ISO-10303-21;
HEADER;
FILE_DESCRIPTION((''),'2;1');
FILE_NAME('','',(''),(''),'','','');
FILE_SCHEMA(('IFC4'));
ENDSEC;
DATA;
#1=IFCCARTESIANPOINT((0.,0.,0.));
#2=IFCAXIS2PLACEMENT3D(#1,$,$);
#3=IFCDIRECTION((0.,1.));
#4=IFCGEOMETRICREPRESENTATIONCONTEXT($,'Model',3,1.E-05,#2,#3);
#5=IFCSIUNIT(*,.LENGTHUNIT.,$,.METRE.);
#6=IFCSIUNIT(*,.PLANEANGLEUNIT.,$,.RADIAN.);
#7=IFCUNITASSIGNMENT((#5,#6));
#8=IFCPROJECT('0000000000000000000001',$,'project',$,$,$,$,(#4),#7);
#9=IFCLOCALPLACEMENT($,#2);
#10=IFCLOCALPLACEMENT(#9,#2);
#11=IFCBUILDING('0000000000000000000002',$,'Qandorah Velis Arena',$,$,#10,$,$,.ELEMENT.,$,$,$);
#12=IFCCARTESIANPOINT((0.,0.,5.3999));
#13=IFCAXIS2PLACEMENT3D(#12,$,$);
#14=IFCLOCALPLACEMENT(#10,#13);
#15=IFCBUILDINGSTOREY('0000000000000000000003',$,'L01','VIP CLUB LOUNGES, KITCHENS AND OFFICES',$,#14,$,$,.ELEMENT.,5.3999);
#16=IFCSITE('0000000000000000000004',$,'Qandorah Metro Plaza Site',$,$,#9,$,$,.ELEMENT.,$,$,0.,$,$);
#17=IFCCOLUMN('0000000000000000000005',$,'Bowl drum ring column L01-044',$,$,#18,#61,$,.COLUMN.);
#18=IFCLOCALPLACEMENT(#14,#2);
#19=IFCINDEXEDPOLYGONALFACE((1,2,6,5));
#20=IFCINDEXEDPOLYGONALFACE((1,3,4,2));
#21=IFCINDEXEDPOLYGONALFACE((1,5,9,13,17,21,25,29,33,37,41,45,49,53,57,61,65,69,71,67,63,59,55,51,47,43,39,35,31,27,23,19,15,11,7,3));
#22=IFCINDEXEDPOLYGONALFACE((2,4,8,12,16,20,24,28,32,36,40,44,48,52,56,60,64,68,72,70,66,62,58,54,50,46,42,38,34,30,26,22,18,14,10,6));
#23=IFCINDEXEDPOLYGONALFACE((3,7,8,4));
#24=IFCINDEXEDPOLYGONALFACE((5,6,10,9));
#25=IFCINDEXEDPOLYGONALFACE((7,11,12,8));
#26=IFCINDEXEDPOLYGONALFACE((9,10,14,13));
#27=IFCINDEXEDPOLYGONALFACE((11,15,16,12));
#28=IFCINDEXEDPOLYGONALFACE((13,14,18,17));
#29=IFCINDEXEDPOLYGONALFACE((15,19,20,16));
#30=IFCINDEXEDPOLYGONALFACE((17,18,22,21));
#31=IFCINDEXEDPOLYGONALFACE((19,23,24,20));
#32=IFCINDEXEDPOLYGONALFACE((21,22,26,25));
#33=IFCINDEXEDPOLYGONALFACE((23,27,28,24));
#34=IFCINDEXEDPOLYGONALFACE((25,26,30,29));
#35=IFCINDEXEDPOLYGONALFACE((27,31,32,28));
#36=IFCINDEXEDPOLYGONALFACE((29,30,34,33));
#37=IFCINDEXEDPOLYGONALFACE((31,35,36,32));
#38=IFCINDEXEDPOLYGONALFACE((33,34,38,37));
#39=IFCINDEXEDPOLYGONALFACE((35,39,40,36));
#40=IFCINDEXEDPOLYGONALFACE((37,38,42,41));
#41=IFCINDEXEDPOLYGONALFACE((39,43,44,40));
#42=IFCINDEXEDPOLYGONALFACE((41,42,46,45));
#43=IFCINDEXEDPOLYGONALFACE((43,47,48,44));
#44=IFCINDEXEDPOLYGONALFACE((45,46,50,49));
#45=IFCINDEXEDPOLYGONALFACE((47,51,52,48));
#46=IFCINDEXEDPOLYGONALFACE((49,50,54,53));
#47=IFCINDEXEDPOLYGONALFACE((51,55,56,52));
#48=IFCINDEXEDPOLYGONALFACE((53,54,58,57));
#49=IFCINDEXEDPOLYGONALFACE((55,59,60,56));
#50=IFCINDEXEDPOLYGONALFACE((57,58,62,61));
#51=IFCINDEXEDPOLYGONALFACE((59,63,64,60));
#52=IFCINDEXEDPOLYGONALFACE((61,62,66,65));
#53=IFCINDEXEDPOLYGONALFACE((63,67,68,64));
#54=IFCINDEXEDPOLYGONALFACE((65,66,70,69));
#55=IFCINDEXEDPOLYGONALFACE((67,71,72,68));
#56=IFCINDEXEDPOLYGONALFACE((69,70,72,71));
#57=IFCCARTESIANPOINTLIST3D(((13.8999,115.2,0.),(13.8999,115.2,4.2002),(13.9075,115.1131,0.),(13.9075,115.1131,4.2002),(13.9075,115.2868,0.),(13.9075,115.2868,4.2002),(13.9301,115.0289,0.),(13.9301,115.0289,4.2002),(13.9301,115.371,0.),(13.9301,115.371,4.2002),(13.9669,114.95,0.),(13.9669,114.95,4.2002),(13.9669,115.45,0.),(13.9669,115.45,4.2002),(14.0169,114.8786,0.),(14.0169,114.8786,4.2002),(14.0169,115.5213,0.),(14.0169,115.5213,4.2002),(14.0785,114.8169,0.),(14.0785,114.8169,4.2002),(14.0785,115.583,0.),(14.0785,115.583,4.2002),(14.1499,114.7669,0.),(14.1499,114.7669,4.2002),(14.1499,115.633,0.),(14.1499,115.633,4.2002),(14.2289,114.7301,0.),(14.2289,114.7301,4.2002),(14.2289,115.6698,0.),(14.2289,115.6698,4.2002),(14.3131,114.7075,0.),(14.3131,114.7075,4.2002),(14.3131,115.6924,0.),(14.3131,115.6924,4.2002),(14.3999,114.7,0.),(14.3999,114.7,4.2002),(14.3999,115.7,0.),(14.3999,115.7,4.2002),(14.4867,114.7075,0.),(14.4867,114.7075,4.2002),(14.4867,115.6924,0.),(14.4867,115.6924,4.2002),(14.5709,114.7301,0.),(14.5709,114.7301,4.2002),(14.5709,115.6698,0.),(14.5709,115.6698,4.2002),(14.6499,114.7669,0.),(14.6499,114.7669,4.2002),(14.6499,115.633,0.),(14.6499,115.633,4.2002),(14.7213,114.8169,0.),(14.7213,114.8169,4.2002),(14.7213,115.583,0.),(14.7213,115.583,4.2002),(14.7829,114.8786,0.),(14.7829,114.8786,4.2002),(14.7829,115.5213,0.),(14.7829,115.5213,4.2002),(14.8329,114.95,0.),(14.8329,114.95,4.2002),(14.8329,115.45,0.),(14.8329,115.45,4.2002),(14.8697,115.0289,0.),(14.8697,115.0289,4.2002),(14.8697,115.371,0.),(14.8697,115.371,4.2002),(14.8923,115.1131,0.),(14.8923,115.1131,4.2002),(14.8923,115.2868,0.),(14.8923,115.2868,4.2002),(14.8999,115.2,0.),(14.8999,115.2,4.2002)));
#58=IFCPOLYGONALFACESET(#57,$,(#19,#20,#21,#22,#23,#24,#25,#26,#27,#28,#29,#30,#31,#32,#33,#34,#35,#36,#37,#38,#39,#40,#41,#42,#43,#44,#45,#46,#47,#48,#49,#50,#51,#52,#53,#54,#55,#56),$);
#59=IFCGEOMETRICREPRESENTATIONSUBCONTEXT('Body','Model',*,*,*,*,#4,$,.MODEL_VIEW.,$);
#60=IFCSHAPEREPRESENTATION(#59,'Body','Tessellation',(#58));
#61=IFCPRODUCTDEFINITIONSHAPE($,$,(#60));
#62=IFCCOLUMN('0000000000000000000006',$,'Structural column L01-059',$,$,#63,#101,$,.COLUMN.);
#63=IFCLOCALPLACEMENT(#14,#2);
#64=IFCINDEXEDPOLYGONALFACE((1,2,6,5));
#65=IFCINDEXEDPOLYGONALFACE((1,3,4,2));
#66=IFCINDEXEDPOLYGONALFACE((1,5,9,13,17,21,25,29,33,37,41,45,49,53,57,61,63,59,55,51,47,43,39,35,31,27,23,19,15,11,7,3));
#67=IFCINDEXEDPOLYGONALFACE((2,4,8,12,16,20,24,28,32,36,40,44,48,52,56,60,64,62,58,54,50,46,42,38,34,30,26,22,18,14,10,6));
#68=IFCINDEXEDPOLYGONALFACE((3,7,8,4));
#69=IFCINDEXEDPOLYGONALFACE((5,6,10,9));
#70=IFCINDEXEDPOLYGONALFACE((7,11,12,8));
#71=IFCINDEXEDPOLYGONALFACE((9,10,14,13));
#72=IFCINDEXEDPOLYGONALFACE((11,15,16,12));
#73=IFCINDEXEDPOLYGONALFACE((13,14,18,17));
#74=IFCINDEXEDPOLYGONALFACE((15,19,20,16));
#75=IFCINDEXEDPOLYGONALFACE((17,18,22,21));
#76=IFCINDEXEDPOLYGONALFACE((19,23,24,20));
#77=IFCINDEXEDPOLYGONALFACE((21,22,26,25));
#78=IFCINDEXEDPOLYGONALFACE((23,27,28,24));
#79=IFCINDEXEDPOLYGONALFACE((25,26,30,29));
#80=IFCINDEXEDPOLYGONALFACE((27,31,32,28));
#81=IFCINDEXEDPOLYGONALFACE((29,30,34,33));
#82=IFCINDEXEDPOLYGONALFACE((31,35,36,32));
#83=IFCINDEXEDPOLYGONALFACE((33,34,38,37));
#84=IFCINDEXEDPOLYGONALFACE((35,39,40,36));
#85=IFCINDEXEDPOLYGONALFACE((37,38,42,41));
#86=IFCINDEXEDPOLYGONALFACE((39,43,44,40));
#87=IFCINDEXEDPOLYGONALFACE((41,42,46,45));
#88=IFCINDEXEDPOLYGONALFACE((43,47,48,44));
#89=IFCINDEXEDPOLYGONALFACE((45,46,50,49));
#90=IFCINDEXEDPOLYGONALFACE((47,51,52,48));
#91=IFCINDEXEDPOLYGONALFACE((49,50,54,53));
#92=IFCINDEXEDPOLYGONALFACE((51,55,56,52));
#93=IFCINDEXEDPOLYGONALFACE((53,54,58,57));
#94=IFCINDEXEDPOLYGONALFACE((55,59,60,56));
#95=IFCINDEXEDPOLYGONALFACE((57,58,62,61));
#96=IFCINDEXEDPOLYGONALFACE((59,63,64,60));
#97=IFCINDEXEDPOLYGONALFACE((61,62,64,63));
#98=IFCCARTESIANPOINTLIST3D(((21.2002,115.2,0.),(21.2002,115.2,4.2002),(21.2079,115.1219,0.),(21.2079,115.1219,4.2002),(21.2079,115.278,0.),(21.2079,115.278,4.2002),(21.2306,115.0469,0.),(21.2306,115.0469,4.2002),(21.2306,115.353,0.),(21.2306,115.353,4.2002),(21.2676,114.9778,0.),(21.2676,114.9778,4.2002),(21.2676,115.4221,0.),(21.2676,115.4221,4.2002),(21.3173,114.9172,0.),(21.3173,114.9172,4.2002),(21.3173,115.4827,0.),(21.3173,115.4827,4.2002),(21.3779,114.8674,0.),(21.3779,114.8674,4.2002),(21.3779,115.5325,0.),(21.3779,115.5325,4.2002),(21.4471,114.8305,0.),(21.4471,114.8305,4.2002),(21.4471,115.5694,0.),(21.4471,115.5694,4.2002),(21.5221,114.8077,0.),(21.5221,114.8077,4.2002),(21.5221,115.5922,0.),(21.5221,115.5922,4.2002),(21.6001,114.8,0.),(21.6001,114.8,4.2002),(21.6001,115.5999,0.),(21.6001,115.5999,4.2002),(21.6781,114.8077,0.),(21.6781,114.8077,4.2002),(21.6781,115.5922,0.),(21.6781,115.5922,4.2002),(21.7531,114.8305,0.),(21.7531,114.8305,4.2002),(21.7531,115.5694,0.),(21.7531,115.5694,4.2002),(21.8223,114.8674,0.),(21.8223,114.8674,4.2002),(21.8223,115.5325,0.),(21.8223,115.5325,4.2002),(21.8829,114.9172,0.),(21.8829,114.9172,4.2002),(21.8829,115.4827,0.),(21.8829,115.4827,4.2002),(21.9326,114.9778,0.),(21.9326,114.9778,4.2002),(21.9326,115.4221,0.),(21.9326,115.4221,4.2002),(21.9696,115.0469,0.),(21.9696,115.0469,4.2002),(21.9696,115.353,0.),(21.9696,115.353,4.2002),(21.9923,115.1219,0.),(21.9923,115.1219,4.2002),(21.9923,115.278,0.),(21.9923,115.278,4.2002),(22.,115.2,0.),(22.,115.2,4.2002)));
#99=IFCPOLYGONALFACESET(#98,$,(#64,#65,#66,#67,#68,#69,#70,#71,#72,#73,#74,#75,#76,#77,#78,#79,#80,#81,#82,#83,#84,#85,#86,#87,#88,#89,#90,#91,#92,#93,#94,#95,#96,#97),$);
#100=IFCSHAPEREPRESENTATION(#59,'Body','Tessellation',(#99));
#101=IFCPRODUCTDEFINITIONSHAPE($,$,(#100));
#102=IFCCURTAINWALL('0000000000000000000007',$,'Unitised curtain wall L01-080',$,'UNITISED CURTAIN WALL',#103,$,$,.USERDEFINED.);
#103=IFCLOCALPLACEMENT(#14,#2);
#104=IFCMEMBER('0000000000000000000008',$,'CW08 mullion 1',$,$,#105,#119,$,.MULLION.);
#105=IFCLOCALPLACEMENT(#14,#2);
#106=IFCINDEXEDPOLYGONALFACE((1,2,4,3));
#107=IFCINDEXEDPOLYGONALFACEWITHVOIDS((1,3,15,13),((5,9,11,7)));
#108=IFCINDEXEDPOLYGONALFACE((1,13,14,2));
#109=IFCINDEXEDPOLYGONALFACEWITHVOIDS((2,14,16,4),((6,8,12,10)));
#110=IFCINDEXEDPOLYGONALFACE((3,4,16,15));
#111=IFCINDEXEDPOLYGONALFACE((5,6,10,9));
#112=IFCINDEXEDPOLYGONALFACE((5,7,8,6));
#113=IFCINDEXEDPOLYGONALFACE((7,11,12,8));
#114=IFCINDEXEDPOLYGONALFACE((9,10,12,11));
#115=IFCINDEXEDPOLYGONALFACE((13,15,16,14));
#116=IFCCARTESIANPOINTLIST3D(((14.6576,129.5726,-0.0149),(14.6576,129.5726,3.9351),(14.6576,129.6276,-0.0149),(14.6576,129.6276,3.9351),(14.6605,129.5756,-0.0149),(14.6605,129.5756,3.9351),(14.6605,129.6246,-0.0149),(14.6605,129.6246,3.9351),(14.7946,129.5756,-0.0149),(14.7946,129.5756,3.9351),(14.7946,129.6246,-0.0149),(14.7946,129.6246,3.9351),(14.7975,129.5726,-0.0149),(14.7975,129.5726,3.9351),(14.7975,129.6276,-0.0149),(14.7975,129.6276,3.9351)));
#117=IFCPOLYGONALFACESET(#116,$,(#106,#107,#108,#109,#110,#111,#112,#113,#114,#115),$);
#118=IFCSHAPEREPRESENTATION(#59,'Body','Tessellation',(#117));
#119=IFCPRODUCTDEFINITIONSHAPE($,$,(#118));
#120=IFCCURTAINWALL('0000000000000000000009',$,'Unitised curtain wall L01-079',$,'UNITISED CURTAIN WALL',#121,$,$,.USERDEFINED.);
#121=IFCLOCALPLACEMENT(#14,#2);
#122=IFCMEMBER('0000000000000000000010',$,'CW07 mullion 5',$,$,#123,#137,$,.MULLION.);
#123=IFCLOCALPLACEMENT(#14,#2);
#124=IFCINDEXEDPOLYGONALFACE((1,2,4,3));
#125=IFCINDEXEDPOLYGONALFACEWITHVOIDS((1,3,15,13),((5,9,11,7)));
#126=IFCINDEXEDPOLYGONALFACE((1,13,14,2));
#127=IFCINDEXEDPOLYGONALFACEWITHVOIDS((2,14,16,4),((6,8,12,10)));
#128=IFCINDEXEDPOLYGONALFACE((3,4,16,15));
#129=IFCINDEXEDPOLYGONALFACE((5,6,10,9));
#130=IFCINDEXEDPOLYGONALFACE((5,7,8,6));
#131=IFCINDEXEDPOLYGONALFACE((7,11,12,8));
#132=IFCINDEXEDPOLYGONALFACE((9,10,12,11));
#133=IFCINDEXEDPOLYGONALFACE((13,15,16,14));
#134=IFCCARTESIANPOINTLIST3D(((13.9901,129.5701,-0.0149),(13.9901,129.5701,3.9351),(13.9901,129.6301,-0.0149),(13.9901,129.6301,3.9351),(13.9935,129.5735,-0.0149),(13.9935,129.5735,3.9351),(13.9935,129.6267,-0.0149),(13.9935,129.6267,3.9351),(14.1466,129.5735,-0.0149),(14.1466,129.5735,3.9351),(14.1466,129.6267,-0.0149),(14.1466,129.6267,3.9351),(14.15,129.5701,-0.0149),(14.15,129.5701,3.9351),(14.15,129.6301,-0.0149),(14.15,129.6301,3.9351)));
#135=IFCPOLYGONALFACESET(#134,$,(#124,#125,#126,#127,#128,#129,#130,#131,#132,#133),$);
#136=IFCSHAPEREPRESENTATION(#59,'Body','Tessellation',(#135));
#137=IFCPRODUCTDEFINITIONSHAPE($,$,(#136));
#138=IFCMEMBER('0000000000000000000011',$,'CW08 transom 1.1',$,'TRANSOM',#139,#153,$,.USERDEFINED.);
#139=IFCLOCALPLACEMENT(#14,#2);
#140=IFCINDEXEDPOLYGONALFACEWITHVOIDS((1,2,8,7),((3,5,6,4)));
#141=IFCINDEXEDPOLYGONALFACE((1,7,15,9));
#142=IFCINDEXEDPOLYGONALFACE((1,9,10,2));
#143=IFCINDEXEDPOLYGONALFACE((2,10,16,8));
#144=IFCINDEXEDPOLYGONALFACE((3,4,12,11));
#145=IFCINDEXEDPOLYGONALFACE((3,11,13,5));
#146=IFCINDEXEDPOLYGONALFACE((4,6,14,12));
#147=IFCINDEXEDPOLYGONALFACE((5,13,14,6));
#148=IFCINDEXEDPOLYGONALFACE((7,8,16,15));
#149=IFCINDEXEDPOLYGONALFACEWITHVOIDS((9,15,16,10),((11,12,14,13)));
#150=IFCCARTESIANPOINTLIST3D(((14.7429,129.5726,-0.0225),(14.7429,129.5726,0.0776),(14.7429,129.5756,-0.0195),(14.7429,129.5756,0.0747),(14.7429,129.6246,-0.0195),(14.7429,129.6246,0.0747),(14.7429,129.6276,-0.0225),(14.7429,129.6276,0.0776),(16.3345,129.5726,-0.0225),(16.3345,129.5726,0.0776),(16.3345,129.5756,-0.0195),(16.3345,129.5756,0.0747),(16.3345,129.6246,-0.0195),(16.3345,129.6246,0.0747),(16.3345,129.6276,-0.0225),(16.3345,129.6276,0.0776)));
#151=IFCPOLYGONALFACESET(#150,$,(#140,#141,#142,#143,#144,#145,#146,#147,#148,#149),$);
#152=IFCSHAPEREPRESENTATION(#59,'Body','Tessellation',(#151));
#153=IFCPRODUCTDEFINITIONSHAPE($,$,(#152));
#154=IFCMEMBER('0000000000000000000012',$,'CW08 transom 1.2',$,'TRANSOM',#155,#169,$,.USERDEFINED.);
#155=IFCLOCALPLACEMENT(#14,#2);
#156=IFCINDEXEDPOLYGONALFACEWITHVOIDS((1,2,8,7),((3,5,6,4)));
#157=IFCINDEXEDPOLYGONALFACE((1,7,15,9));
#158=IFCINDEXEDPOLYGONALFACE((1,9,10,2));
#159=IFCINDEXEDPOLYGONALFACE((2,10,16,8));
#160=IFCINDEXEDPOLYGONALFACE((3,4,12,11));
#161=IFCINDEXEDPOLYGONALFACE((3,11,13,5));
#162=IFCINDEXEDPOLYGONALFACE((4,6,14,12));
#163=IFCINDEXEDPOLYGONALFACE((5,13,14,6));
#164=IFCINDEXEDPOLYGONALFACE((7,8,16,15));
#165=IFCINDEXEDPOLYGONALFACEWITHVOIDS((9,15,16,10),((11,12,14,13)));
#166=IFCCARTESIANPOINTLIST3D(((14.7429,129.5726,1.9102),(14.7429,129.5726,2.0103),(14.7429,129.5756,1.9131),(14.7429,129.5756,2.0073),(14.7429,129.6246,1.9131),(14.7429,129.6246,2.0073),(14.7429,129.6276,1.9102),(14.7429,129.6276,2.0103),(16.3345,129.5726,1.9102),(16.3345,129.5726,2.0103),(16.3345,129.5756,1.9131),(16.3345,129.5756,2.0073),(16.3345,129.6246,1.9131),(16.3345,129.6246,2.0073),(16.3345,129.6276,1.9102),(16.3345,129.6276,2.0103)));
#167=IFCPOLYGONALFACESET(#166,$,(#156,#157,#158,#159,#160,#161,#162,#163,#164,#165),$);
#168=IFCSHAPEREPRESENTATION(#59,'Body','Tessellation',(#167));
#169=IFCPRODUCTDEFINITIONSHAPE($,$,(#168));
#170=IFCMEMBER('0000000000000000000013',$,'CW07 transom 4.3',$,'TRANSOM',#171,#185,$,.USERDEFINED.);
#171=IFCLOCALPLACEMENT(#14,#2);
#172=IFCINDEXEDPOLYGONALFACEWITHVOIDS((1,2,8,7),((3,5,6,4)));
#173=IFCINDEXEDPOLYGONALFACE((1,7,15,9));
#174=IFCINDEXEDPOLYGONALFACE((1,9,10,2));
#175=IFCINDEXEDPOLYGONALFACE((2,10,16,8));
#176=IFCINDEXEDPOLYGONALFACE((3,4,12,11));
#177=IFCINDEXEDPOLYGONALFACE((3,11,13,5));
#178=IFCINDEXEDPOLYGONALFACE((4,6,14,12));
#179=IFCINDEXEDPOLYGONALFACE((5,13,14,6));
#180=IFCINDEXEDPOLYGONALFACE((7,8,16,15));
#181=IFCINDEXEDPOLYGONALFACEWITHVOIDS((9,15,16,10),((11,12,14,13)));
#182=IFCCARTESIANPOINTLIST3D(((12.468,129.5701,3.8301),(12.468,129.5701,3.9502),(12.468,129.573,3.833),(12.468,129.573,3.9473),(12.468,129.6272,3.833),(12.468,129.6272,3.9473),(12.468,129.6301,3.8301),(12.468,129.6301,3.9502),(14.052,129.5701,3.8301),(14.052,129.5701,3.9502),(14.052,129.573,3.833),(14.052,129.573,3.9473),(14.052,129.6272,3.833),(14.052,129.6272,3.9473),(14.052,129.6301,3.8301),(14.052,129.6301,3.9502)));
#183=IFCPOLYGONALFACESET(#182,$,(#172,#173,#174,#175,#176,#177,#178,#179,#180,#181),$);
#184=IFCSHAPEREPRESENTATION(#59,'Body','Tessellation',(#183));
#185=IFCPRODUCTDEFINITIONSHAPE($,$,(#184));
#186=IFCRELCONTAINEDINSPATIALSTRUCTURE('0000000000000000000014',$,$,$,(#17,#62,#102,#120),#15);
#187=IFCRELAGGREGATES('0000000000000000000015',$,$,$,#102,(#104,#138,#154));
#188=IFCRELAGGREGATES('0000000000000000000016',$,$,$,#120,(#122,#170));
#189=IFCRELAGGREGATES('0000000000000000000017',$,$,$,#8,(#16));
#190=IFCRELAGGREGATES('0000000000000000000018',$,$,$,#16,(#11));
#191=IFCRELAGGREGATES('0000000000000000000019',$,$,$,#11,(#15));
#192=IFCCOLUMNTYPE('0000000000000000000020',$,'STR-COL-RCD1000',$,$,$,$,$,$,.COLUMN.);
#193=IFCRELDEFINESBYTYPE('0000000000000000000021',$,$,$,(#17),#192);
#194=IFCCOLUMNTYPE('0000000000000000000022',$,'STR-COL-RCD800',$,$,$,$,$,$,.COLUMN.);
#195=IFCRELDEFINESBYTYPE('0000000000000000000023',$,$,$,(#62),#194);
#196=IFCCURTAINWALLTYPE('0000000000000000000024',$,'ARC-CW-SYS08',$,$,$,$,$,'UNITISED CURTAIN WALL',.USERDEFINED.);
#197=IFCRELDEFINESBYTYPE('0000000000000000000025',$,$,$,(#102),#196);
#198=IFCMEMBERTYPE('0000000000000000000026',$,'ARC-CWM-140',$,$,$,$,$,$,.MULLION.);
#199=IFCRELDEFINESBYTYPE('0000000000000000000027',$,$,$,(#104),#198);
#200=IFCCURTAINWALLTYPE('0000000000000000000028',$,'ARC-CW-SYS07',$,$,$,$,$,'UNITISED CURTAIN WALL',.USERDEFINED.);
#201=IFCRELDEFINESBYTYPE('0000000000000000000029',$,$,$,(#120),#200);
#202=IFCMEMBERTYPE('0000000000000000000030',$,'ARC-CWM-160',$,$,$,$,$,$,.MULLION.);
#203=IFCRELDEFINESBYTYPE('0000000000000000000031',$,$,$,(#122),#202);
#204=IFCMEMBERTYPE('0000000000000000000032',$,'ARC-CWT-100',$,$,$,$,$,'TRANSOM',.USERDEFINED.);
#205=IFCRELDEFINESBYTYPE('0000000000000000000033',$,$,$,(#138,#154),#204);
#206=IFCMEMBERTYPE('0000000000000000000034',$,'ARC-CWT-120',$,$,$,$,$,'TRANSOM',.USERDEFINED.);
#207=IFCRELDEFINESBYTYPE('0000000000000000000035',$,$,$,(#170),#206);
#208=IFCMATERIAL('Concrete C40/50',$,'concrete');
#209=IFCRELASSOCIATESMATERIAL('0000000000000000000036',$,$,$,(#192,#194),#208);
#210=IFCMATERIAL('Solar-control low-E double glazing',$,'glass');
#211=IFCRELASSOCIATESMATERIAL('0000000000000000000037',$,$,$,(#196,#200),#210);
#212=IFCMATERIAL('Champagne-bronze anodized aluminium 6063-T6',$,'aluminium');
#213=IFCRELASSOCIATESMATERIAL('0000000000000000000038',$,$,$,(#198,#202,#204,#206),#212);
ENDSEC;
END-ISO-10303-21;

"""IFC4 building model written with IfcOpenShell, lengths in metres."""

from ifc_helpers import new_model, si_unit, direction, frame, origin, origin_2d, place, context, subcontext, project, spatial, hollow_rectangle, circle, extrude, material, material_profile, profile_set, type_object, element, aggregate, save


model = new_model("IFC4")

# Units and contexts
model_context = context("Model", 3, precision=1e-05, world=origin(), true_north=direction((0.0, 1.0)))
body_context = subcontext(model_context, "Body", "Model", "MODEL_VIEW")
ifc_project = project(units=[si_unit("LENGTHUNIT", "METRE"), si_unit("PLANEANGLEUNIT", "RADIAN")], contexts=[model_context])

# Site, building, storey
site_placement = place(None, origin())
site = spatial("IfcSite", under=ifc_project, at=site_placement, Name="Qandorah Metro Plaza Site", CompositionType="ELEMENT", RefElevation=0.0)
building_placement = place(site_placement, origin())
building = spatial("IfcBuilding", under=site, at=building_placement, Name="Qandorah Velis Arena", CompositionType="ELEMENT")
storey_placement = place(building_placement, frame((0.0, 0.0, 5.3999)))
storey = spatial("IfcBuildingStorey", under=building, at=storey_placement, Name="L01", Description="VIP CLUB LOUNGES, KITCHENS AND OFFICES", CompositionType="ELEMENT", Elevation=5.3999)

# Columns
ifc_material_1 = material(Name="Concrete C40/50", Category="concrete")
ifc_material_profile_1 = material_profile(ifc_material_1, circle(Radius=0.5, at=origin_2d()), Name="RC D1000")
ifc_profile_set_1 = profile_set([ifc_material_profile_1], Name="Concrete C40/50")
column_type_1 = type_object("IfcColumnType", Name="STR-COL-RCD1000", PredefinedType="COLUMN", material=ifc_profile_set_1)
column_1_placement = place(storey_placement, frame((14.3999, 115.2, 0.0), z_axis=(0.0, 0.0, 1.0), x_axis=(1.0, 0.0, 0.0)))
element("IfcColumn", 1, at=column_1_placement, inside=storey, type_object=column_type_1, Name="Bowl drum ring column L01-044", PredefinedType="COLUMN", context=body_context, shape_type="SweptSolid", body=[
    extrude(circle(Radius=0.5, at=origin_2d()), origin(), (0.0, 0.0, 1.0), 4.2002),
])
ifc_material_profile_2 = material_profile(ifc_material_1, circle(Radius=0.3999, at=origin_2d()), Name="RC D800")
ifc_profile_set_2 = profile_set([ifc_material_profile_2], Name="Concrete C40/50")
column_type_2 = type_object("IfcColumnType", Name="STR-COL-RCD800", PredefinedType="COLUMN", material=ifc_profile_set_2)
column_2_placement = place(storey_placement, frame((21.6001, 115.2, 0.0), z_axis=(0.0, 0.0, 1.0), x_axis=(1.0, 0.0, 0.0)))
element("IfcColumn", 2, at=column_2_placement, inside=storey, type_object=column_type_2, Name="Structural column L01-059", PredefinedType="COLUMN", context=body_context, shape_type="SweptSolid", body=[
    extrude(circle(Radius=0.3999, at=origin_2d()), origin(), (0.0, 0.0, 1.0), 4.2002),
])

# Curtain walls, members
ifc_material_2 = material(Name="Solar-control low-E double glazing", Category="glass")
curtain_wall_type_1 = type_object("IfcCurtainWallType", Name="ARC-CW-SYS08", ElementType="UNITISED CURTAIN WALL", PredefinedType="USERDEFINED", material=ifc_material_2)
curtain_wall_1_placement = place(storey_placement, origin())
curtain_wall_1 = element("IfcCurtainWall", 3, at=curtain_wall_1_placement, inside=storey, type_object=curtain_wall_type_1, Name="Unitised curtain wall L01-080", ObjectType="UNITISED CURTAIN WALL", PredefinedType="USERDEFINED")
ifc_material_3 = material(Name="Champagne-bronze anodized aluminium 6063-T6", Category="aluminium")
ifc_material_profile_3 = material_profile(ifc_material_3, hollow_rectangle(XDim=0.0549, YDim=0.1399, WallThickness=0.0029, at=origin_2d()), Name="ALU MULLION 55x140")
ifc_profile_set_3 = profile_set([ifc_material_profile_3], Name="Champagne-bronze anodized aluminium 6063-T6")
member_type_1 = type_object("IfcMemberType", Name="ARC-CWM-140", PredefinedType="MULLION", material=ifc_profile_set_3)
member_1_placement = place(storey_placement, frame((14.7275, 129.6001, -0.0149), z_axis=(0.0, 0.0, 1.0), x_axis=(0.0, 1.0, 0.0)))
member_1 = element("IfcMember", 4, at=member_1_placement, type_object=member_type_1, Name="CW08 mullion 1", PredefinedType="MULLION", context=body_context, shape_type="SweptSolid", body=[
    extrude(hollow_rectangle(XDim=0.0549, YDim=0.1399, WallThickness=0.0029, at=origin_2d()), origin(), (0.0, 0.0, 1.0), 3.95),
])
curtain_wall_type_2 = type_object("IfcCurtainWallType", Name="ARC-CW-SYS07", ElementType="UNITISED CURTAIN WALL", PredefinedType="USERDEFINED", material=ifc_material_2)
curtain_wall_2_placement = place(storey_placement, origin())
curtain_wall_2 = element("IfcCurtainWall", 5, at=curtain_wall_2_placement, inside=storey, type_object=curtain_wall_type_2, Name="Unitised curtain wall L01-079", ObjectType="UNITISED CURTAIN WALL", PredefinedType="USERDEFINED")
ifc_material_profile_4 = material_profile(ifc_material_3, hollow_rectangle(XDim=0.0601, YDim=0.1599, WallThickness=0.0034, at=origin_2d()), Name="ALU MULLION 60x160")
ifc_profile_set_4 = profile_set([ifc_material_profile_4], Name="Champagne-bronze anodized aluminium 6063-T6")
member_type_2 = type_object("IfcMemberType", Name="ARC-CWM-160", PredefinedType="MULLION", material=ifc_profile_set_4)
member_2_placement = place(storey_placement, frame((14.0701, 129.6001, -0.0149), z_axis=(0.0, 0.0, 1.0), x_axis=(0.0, 1.0, 0.0)))
member_2 = element("IfcMember", 6, at=member_2_placement, type_object=member_type_2, Name="CW07 mullion 5", PredefinedType="MULLION", context=body_context, shape_type="SweptSolid", body=[
    extrude(hollow_rectangle(XDim=0.0601, YDim=0.1599, WallThickness=0.0034, at=origin_2d()), origin(), (0.0, 0.0, 1.0), 3.95),
])

# Members
ifc_material_profile_5 = material_profile(ifc_material_3, hollow_rectangle(XDim=0.0549, YDim=0.1001, WallThickness=0.0029, at=origin_2d()), Name="ALU TRANSOM 55x100")
ifc_profile_set_5 = profile_set([ifc_material_profile_5], Name="Champagne-bronze anodized aluminium 6063-T6")
member_type_3 = type_object("IfcMemberType", Name="ARC-CWT-100", ElementType="TRANSOM", PredefinedType="USERDEFINED", material=ifc_profile_set_5)
member_3_placement = place(storey_placement, frame((14.7429, 129.6001, 0.0276), z_axis=(1.0, 0.0, 0.0), x_axis=(0.0, 1.0, 0.0)))
member_3 = element("IfcMember", 7, at=member_3_placement, type_object=member_type_3, Name="CW08 transom 1.1", ObjectType="TRANSOM", PredefinedType="USERDEFINED", context=body_context, shape_type="SweptSolid", body=[
    extrude(hollow_rectangle(XDim=0.0549, YDim=0.1001, WallThickness=0.0029, at=origin_2d()), origin(), (0.0, 0.0, 1.0), 1.5916),
])
member_4_placement = place(storey_placement, frame((14.7429, 129.6001, 1.9602), z_axis=(1.0, 0.0, 0.0), x_axis=(0.0, 1.0, 0.0)))
member_4 = element("IfcMember", 8, at=member_4_placement, type_object=member_type_3, Name="CW08 transom 1.2", ObjectType="TRANSOM", PredefinedType="USERDEFINED", context=body_context, shape_type="SweptSolid", body=[
    extrude(hollow_rectangle(XDim=0.0549, YDim=0.1001, WallThickness=0.0029, at=origin_2d()), origin(), (0.0, 0.0, 1.0), 1.5916),
])
aggregate(curtain_wall_1, [member_1, member_3, member_4])
ifc_material_profile_6 = material_profile(ifc_material_3, hollow_rectangle(XDim=0.0601, YDim=0.1201, WallThickness=0.0029, at=origin_2d()), Name="ALU TRANSOM 60x120")
ifc_profile_set_6 = profile_set([ifc_material_profile_6], Name="Champagne-bronze anodized aluminium 6063-T6")
member_type_4 = type_object("IfcMemberType", Name="ARC-CWT-120", ElementType="TRANSOM", PredefinedType="USERDEFINED", material=ifc_profile_set_6)
member_5_placement = place(storey_placement, frame((12.468, 129.6001, 3.8901), z_axis=(1.0, 0.0, 0.0), x_axis=(0.0, 1.0, 0.0)))
member_5 = element("IfcMember", 9, at=member_5_placement, type_object=member_type_4, Name="CW07 transom 4.3", ObjectType="TRANSOM", PredefinedType="USERDEFINED", context=body_context, shape_type="SweptSolid", body=[
    extrude(hollow_rectangle(XDim=0.0601, YDim=0.1201, WallThickness=0.0029, at=origin_2d()), origin(), (0.0, 0.0, 1.0), 1.584),
])

aggregate(curtain_wall_2, [member_2, member_5])

save(model, "model.ifc")
